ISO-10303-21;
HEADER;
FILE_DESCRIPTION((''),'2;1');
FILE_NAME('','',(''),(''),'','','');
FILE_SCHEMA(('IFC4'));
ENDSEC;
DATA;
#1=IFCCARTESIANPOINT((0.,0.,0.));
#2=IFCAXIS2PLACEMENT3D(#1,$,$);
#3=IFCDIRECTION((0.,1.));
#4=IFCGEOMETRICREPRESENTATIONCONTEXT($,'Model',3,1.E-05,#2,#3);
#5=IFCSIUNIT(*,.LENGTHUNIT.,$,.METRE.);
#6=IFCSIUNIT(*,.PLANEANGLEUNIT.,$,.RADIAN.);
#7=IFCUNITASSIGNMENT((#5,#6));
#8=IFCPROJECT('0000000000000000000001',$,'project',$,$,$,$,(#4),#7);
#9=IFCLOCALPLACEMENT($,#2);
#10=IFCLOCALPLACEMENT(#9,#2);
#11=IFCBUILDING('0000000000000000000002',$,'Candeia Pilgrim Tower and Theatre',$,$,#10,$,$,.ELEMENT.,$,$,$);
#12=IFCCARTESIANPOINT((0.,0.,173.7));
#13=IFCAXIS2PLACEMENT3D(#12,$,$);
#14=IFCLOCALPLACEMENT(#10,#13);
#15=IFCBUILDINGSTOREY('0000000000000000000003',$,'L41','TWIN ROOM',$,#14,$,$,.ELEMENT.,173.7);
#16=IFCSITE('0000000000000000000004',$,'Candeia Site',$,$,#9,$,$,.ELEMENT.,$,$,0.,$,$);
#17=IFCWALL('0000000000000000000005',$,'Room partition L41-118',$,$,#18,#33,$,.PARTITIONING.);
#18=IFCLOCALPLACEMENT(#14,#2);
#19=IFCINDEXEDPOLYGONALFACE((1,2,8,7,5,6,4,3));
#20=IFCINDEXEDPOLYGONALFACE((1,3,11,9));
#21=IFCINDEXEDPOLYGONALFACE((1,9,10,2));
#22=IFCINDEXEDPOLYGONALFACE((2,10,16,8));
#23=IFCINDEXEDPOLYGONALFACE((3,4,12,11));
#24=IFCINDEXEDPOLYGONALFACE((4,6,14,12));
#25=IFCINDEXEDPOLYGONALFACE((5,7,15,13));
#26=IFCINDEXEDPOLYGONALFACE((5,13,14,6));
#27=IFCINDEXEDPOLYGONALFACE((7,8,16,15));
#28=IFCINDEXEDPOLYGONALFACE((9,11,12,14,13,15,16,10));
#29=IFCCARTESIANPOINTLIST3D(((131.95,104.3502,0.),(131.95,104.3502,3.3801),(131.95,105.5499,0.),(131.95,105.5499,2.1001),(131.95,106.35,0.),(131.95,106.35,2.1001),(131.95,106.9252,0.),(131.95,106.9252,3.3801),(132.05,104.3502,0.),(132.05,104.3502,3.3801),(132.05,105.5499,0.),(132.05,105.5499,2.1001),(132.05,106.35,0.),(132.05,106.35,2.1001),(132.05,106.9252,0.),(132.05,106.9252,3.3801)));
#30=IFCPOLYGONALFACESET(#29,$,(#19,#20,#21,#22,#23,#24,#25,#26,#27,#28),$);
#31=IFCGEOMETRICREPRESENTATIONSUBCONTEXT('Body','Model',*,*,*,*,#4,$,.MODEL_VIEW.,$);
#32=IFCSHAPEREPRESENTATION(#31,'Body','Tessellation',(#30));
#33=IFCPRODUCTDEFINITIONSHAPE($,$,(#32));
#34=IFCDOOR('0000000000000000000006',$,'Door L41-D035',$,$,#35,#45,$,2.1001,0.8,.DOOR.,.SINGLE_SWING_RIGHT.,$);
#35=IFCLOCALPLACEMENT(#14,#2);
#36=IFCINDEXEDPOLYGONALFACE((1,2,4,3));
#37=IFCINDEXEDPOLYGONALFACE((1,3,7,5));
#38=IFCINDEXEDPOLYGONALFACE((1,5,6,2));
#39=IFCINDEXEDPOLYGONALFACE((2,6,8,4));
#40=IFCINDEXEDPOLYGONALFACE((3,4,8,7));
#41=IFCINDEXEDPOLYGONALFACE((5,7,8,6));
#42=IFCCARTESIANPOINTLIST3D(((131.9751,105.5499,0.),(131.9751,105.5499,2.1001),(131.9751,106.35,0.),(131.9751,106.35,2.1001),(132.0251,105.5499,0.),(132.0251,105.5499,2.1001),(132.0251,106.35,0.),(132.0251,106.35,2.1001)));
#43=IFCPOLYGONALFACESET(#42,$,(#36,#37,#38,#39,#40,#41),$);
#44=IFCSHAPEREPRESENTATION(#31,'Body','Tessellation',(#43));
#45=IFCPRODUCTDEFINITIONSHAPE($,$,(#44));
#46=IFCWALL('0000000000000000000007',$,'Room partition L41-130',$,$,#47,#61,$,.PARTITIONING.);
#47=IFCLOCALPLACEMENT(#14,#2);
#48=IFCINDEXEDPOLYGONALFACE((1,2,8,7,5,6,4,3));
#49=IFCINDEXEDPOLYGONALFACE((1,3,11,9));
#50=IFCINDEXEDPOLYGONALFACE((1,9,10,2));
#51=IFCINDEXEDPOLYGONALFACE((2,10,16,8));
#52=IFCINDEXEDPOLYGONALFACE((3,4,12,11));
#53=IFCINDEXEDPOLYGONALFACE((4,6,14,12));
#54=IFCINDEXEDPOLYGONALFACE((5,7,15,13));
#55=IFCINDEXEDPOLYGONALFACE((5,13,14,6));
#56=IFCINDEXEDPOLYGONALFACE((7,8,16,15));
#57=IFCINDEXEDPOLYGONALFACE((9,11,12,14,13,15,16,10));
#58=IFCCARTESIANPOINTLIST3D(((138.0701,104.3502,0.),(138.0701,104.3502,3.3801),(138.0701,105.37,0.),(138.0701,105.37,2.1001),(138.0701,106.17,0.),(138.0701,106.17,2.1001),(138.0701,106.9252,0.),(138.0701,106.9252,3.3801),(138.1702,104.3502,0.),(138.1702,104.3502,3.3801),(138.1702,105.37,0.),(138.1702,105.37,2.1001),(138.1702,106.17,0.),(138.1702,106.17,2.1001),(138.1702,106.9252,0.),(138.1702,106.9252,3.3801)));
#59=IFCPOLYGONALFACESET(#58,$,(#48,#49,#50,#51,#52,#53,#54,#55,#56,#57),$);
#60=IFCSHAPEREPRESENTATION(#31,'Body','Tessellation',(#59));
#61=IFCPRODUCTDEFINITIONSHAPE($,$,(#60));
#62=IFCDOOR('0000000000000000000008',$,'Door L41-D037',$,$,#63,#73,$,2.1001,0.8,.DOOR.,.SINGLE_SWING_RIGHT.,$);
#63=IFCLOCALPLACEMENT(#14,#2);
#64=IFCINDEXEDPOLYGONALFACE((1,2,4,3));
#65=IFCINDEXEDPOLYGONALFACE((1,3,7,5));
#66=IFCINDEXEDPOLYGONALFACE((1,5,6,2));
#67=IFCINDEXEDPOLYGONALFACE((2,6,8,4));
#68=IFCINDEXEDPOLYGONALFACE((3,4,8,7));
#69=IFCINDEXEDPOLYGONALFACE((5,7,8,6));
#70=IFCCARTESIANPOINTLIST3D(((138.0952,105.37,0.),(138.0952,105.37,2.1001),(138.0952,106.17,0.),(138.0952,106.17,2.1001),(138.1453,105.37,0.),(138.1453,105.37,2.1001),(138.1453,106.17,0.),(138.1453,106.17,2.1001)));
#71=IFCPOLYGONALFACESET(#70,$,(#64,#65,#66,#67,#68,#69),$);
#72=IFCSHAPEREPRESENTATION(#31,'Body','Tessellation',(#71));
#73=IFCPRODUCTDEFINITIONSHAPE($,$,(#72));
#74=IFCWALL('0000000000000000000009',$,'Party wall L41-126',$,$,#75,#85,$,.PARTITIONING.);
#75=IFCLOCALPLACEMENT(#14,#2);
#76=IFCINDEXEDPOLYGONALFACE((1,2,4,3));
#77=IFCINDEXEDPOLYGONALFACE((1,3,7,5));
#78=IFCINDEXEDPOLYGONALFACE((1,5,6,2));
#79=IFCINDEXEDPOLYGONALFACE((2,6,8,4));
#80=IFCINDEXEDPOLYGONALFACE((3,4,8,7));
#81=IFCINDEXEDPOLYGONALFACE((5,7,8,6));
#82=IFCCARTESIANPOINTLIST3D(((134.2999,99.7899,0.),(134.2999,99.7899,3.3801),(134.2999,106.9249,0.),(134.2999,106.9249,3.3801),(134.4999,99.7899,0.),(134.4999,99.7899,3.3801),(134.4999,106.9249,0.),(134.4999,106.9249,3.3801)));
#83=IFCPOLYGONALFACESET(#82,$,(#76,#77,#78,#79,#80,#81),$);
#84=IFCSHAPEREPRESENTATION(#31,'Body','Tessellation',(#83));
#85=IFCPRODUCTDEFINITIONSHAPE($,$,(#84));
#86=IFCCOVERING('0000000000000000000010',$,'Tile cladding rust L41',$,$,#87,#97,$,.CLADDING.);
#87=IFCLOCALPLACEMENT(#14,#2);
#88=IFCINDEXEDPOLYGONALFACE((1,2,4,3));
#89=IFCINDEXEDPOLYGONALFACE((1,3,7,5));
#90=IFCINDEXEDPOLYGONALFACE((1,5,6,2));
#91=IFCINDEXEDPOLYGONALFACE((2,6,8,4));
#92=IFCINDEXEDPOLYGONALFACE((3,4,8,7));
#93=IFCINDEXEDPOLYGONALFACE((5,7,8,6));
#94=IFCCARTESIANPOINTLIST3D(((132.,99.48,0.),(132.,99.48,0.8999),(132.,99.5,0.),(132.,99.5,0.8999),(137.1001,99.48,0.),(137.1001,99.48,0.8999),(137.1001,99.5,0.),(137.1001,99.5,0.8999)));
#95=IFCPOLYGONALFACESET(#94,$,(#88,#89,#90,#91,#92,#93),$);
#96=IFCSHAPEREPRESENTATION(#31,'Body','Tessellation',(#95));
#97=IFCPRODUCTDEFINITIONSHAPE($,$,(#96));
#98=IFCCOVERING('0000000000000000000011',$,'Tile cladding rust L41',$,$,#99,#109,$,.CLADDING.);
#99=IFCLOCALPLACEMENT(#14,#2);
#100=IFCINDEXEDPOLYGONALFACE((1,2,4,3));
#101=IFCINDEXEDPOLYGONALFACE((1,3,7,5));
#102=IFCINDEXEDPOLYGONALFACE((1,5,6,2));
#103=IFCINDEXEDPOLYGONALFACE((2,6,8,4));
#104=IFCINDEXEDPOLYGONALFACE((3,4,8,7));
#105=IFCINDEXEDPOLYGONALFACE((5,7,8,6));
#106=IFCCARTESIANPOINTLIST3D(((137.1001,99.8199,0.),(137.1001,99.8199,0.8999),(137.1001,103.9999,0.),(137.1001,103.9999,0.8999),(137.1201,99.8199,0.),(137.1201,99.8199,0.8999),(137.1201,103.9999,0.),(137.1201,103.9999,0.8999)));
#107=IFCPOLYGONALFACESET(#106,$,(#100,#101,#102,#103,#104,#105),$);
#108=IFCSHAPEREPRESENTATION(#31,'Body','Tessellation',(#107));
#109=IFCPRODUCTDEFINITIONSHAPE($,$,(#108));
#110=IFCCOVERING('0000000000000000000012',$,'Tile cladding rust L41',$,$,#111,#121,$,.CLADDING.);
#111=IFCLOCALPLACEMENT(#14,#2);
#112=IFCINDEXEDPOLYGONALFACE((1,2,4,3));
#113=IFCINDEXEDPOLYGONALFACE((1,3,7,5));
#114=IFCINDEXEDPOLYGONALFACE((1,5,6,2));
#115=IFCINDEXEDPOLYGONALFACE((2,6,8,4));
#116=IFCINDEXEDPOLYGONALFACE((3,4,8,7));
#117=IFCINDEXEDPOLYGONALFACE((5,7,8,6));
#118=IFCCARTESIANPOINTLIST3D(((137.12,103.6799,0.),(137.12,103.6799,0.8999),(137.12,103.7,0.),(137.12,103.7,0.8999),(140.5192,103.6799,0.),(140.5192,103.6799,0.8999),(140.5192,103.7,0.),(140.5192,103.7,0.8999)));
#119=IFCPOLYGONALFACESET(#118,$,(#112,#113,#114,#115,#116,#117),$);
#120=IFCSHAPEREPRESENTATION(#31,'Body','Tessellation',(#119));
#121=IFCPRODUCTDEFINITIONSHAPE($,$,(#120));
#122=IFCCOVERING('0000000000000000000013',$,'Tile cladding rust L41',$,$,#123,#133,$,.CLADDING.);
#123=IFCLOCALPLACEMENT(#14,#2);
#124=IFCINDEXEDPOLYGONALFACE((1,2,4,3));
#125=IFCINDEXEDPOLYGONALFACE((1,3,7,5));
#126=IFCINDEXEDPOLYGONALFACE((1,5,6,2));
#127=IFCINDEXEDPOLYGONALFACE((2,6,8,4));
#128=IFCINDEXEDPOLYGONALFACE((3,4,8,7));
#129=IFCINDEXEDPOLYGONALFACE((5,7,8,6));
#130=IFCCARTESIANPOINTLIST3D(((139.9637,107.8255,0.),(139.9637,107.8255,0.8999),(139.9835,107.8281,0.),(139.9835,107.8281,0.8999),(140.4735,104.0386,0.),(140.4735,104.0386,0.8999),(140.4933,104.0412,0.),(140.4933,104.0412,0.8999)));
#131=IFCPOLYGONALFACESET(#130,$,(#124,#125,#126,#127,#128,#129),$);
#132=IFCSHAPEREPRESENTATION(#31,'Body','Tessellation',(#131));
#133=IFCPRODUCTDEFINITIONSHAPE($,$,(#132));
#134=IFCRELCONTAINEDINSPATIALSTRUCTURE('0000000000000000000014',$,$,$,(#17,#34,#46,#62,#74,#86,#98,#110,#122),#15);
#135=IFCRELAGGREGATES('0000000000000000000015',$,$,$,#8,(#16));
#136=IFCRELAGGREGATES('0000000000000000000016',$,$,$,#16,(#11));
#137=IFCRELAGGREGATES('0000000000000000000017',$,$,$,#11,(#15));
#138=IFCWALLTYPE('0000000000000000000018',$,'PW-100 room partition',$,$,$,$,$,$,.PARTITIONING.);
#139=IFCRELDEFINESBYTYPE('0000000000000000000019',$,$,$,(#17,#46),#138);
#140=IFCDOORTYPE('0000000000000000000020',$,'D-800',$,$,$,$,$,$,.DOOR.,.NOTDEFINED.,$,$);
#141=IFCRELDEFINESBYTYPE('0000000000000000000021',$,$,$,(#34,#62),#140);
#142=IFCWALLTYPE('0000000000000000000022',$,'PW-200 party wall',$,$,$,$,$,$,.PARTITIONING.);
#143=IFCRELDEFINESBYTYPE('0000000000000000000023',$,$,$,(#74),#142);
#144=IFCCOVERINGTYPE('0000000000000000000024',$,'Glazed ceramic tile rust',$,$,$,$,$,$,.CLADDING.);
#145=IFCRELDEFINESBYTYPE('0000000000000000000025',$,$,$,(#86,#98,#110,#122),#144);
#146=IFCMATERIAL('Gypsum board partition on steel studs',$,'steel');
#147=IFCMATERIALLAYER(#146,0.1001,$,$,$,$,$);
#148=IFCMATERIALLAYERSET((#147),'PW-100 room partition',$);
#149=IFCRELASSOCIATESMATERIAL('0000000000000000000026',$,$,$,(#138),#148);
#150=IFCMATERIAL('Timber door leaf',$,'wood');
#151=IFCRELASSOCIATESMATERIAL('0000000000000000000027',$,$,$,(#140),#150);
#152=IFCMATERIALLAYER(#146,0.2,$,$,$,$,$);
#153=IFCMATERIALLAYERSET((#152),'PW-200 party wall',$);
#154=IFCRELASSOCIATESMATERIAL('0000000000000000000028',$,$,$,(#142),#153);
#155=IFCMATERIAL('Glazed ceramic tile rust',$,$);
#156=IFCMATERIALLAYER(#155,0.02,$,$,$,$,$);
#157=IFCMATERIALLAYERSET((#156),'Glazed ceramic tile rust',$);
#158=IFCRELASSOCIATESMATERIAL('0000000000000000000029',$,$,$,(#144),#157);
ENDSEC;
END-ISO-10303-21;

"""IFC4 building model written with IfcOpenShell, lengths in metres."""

from ifc_helpers import new_model, si_unit, direction, frame, frame_2d, origin, origin_2d, place, context, subcontext, project, spatial, rectangle, extrude, material, layer, layer_set, type_object, element, fill, save


model = new_model("IFC4")

# Units and contexts
model_context = context("Model", 3, precision=1e-05, world=origin(), true_north=direction((0.0, 1.0)))
body_context = subcontext(model_context, "Body", "Model", "MODEL_VIEW")
ifc_project = project(units=[si_unit("LENGTHUNIT", "METRE"), si_unit("PLANEANGLEUNIT", "RADIAN")], contexts=[model_context])

# Site, building, storey
site_placement = place(None, origin())
site = spatial("IfcSite", under=ifc_project, at=site_placement, Name="Candeia Site", CompositionType="ELEMENT", RefElevation=0.0)
building_placement = place(site_placement, origin())
building = spatial("IfcBuilding", under=site, at=building_placement, Name="Candeia Pilgrim Tower and Theatre", CompositionType="ELEMENT")
storey_placement = place(building_placement, frame((0.0, 0.0, 173.7)))
storey = spatial("IfcBuildingStorey", under=building, at=storey_placement, Name="L41", Description="TWIN ROOM", CompositionType="ELEMENT", Elevation=173.7)

# Shared definitions
ifc_material_1 = material(Name="Gypsum board partition on steel studs", Category="steel")
ifc_layer_1 = layer(ifc_material_1, 0.1001)
ifc_layer_set_1 = layer_set([ifc_layer_1], Name="PW-100 room partition")
wall_type_1 = type_object("IfcWallType", Name="PW-100 room partition", PredefinedType="PARTITIONING", material=ifc_layer_set_1)

# Walls, openings, doors
wall_1_placement = place(storey_placement, frame((132.0, 104.3501, 0.0), z_axis=(0.0, 0.0, 1.0), x_axis=(0.0, 1.0, 0.0)))
wall_1 = element("IfcWall", 1, at=wall_1_placement, inside=storey, type_object=wall_type_1, Name="Room partition L41-118", PredefinedType="PARTITIONING", context=body_context, shape_type="SweptSolid", body=[
    extrude(rectangle(XDim=2.575, YDim=0.1001, at=frame_2d((1.2876, 0.0))), origin(), (0.0, 0.0, 1.0), 3.3801),
])
opening_1_placement = place(wall_1_placement, frame((1.2, 0.0, 0.0)))
opening_1 = element("IfcOpeningElement", 2, at=opening_1_placement, cuts=wall_1, PredefinedType="OPENING", context=body_context, shape_type="SweptSolid", body=[
    extrude(rectangle(XDim=0.8, YDim=2.1001, at=frame_2d((0.3999, 1.05))), frame((0.0, 0.0601, 0.0), z_axis=(0.0, -1.0, 0.0), x_axis=(1.0, 0.0, 0.0)), (0.0, 0.0, 1.0), 0.1201),
])
ifc_material_2 = material(Name="Timber door leaf", Category="wood")
door_type_1 = type_object("IfcDoorType", Name="D-800", OperationType="NOTDEFINED", PredefinedType="DOOR", material=ifc_material_2)
door_1_placement = place(opening_1_placement, origin())
door_1 = element("IfcDoor", 3, at=door_1_placement, inside=storey, type_object=door_type_1, Name="Door L41-D035", OperationType="SINGLE_SWING_RIGHT", OverallHeight=2.1001, OverallWidth=0.8, PredefinedType="DOOR", context=body_context, shape_type="SweptSolid", body=[
    extrude(rectangle(XDim=0.8, YDim=2.1001, at=frame_2d((0.3999, 1.05))), frame((0.0, 0.0249, 0.0), z_axis=(0.0, -1.0, 0.0), x_axis=(1.0, 0.0, 0.0)), (0.0, 0.0, 1.0), 0.05),
])
fill(opening_1, door_1)
wall_2_placement = place(storey_placement, frame((138.1201, 104.3501, 0.0), z_axis=(0.0, 0.0, 1.0), x_axis=(0.0, 1.0, 0.0)))
wall_2 = element("IfcWall", 4, at=wall_2_placement, inside=storey, type_object=wall_type_1, Name="Room partition L41-130", PredefinedType="PARTITIONING", context=body_context, shape_type="SweptSolid", body=[
    extrude(rectangle(XDim=2.575, YDim=0.1001, at=frame_2d((1.2876, 0.0))), origin(), (0.0, 0.0, 1.0), 3.3801),
])
opening_2_placement = place(wall_2_placement, frame((1.02, 0.0, 0.0)))
opening_2 = element("IfcOpeningElement", 5, at=opening_2_placement, cuts=wall_2, PredefinedType="OPENING", context=body_context, shape_type="SweptSolid", body=[
    extrude(rectangle(XDim=0.8, YDim=2.1001, at=frame_2d((0.3999, 1.05))), frame((0.0, 0.0601, 0.0), z_axis=(0.0, -1.0, 0.0), x_axis=(1.0, 0.0, 0.0)), (0.0, 0.0, 1.0), 0.1201),
])
door_2_placement = place(opening_2_placement, origin())
door_2 = element("IfcDoor", 6, at=door_2_placement, inside=storey, type_object=door_type_1, Name="Door L41-D037", OperationType="SINGLE_SWING_RIGHT", OverallHeight=2.1001, OverallWidth=0.8, PredefinedType="DOOR", context=body_context, shape_type="SweptSolid", body=[
    extrude(rectangle(XDim=0.8, YDim=2.1001, at=frame_2d((0.3999, 1.05))), frame((0.0, 0.0249, 0.0), z_axis=(0.0, -1.0, 0.0), x_axis=(1.0, 0.0, 0.0)), (0.0, 0.0, 1.0), 0.05),
])
fill(opening_2, door_2)

# Wall
ifc_layer_2 = layer(ifc_material_1, 0.2)
ifc_layer_set_2 = layer_set([ifc_layer_2], Name="PW-200 party wall")
wall_type_2 = type_object("IfcWallType", Name="PW-200 party wall", PredefinedType="PARTITIONING", material=ifc_layer_set_2)
wall_3_placement = place(storey_placement, frame((134.3999, 99.79, 0.0), z_axis=(0.0, 0.0, 1.0), x_axis=(0.0, 1.0, 0.0)))
element("IfcWall", 7, at=wall_3_placement, inside=storey, type_object=wall_type_2, Name="Party wall L41-126", PredefinedType="PARTITIONING", context=body_context, shape_type="SweptSolid", body=[
    extrude(rectangle(XDim=7.135, YDim=0.2, at=frame_2d((3.5674, 0.0))), origin(), (0.0, 0.0, 1.0), 3.3801),
])

# Coverings
ifc_material_3 = material(Name="Glazed ceramic tile rust")
ifc_layer_3 = layer(ifc_material_3, 0.02)
ifc_layer_set_3 = layer_set([ifc_layer_3], Name="Glazed ceramic tile rust")
covering_type = type_object("IfcCoveringType", Name="Glazed ceramic tile rust", PredefinedType="CLADDING", material=ifc_layer_set_3)
covering_1_placement = place(storey_placement, frame((134.55, 99.49, 0.0), z_axis=(0.0, 0.0, 1.0), x_axis=(1.0, 0.0, 0.0)))
element("IfcCovering", 8, at=covering_1_placement, inside=storey, type_object=covering_type, Name="Tile cladding rust L41", PredefinedType="CLADDING", context=body_context, shape_type="SweptSolid", body=[
    extrude(rectangle(XDim=5.1001, YDim=0.02, at=origin_2d()), origin(), (0.0, 0.0, 1.0), 0.8999),
])
covering_2_placement = place(storey_placement, frame((137.1101, 101.9099, 0.0), z_axis=(0.0, 0.0, 1.0), x_axis=(0.0, 1.0, 0.0)))
element("IfcCovering", 9, at=covering_2_placement, inside=storey, type_object=covering_type, Name="Tile cladding rust L41", PredefinedType="CLADDING", context=body_context, shape_type="SweptSolid", body=[
    extrude(rectangle(XDim=4.1799, YDim=0.02, at=origin_2d()), origin(), (0.0, 0.0, 1.0), 0.8999),
])
covering_3_placement = place(storey_placement, frame((138.8196, 103.6899, 0.0), z_axis=(0.0, 0.0, 1.0), x_axis=(1.0, 0.0, 0.0)))
element("IfcCovering", 10, at=covering_3_placement, inside=storey, type_object=covering_type, Name="Tile cladding rust L41", PredefinedType="CLADDING", context=body_context, shape_type="SweptSolid", body=[
    extrude(rectangle(XDim=3.3992, YDim=0.02, at=origin_2d()), origin(), (0.0, 0.0, 1.0), 0.8999),
])
covering_4_placement = place(storey_placement, frame((140.2285, 105.9333, 0.0), z_axis=(0.0, 0.0, 1.0), x_axis=(-0.133412, 0.991061, 0.0)))
element("IfcCovering", 11, at=covering_4_placement, inside=storey, type_object=covering_type, Name="Tile cladding rust L41", PredefinedType="CLADDING", context=body_context, shape_type="SweptSolid", body=[
    extrude(rectangle(XDim=3.821, YDim=0.02, at=origin_2d()), origin(), (0.0, 0.0, 1.0), 0.8999),
])

save(model, "model.ifc")
